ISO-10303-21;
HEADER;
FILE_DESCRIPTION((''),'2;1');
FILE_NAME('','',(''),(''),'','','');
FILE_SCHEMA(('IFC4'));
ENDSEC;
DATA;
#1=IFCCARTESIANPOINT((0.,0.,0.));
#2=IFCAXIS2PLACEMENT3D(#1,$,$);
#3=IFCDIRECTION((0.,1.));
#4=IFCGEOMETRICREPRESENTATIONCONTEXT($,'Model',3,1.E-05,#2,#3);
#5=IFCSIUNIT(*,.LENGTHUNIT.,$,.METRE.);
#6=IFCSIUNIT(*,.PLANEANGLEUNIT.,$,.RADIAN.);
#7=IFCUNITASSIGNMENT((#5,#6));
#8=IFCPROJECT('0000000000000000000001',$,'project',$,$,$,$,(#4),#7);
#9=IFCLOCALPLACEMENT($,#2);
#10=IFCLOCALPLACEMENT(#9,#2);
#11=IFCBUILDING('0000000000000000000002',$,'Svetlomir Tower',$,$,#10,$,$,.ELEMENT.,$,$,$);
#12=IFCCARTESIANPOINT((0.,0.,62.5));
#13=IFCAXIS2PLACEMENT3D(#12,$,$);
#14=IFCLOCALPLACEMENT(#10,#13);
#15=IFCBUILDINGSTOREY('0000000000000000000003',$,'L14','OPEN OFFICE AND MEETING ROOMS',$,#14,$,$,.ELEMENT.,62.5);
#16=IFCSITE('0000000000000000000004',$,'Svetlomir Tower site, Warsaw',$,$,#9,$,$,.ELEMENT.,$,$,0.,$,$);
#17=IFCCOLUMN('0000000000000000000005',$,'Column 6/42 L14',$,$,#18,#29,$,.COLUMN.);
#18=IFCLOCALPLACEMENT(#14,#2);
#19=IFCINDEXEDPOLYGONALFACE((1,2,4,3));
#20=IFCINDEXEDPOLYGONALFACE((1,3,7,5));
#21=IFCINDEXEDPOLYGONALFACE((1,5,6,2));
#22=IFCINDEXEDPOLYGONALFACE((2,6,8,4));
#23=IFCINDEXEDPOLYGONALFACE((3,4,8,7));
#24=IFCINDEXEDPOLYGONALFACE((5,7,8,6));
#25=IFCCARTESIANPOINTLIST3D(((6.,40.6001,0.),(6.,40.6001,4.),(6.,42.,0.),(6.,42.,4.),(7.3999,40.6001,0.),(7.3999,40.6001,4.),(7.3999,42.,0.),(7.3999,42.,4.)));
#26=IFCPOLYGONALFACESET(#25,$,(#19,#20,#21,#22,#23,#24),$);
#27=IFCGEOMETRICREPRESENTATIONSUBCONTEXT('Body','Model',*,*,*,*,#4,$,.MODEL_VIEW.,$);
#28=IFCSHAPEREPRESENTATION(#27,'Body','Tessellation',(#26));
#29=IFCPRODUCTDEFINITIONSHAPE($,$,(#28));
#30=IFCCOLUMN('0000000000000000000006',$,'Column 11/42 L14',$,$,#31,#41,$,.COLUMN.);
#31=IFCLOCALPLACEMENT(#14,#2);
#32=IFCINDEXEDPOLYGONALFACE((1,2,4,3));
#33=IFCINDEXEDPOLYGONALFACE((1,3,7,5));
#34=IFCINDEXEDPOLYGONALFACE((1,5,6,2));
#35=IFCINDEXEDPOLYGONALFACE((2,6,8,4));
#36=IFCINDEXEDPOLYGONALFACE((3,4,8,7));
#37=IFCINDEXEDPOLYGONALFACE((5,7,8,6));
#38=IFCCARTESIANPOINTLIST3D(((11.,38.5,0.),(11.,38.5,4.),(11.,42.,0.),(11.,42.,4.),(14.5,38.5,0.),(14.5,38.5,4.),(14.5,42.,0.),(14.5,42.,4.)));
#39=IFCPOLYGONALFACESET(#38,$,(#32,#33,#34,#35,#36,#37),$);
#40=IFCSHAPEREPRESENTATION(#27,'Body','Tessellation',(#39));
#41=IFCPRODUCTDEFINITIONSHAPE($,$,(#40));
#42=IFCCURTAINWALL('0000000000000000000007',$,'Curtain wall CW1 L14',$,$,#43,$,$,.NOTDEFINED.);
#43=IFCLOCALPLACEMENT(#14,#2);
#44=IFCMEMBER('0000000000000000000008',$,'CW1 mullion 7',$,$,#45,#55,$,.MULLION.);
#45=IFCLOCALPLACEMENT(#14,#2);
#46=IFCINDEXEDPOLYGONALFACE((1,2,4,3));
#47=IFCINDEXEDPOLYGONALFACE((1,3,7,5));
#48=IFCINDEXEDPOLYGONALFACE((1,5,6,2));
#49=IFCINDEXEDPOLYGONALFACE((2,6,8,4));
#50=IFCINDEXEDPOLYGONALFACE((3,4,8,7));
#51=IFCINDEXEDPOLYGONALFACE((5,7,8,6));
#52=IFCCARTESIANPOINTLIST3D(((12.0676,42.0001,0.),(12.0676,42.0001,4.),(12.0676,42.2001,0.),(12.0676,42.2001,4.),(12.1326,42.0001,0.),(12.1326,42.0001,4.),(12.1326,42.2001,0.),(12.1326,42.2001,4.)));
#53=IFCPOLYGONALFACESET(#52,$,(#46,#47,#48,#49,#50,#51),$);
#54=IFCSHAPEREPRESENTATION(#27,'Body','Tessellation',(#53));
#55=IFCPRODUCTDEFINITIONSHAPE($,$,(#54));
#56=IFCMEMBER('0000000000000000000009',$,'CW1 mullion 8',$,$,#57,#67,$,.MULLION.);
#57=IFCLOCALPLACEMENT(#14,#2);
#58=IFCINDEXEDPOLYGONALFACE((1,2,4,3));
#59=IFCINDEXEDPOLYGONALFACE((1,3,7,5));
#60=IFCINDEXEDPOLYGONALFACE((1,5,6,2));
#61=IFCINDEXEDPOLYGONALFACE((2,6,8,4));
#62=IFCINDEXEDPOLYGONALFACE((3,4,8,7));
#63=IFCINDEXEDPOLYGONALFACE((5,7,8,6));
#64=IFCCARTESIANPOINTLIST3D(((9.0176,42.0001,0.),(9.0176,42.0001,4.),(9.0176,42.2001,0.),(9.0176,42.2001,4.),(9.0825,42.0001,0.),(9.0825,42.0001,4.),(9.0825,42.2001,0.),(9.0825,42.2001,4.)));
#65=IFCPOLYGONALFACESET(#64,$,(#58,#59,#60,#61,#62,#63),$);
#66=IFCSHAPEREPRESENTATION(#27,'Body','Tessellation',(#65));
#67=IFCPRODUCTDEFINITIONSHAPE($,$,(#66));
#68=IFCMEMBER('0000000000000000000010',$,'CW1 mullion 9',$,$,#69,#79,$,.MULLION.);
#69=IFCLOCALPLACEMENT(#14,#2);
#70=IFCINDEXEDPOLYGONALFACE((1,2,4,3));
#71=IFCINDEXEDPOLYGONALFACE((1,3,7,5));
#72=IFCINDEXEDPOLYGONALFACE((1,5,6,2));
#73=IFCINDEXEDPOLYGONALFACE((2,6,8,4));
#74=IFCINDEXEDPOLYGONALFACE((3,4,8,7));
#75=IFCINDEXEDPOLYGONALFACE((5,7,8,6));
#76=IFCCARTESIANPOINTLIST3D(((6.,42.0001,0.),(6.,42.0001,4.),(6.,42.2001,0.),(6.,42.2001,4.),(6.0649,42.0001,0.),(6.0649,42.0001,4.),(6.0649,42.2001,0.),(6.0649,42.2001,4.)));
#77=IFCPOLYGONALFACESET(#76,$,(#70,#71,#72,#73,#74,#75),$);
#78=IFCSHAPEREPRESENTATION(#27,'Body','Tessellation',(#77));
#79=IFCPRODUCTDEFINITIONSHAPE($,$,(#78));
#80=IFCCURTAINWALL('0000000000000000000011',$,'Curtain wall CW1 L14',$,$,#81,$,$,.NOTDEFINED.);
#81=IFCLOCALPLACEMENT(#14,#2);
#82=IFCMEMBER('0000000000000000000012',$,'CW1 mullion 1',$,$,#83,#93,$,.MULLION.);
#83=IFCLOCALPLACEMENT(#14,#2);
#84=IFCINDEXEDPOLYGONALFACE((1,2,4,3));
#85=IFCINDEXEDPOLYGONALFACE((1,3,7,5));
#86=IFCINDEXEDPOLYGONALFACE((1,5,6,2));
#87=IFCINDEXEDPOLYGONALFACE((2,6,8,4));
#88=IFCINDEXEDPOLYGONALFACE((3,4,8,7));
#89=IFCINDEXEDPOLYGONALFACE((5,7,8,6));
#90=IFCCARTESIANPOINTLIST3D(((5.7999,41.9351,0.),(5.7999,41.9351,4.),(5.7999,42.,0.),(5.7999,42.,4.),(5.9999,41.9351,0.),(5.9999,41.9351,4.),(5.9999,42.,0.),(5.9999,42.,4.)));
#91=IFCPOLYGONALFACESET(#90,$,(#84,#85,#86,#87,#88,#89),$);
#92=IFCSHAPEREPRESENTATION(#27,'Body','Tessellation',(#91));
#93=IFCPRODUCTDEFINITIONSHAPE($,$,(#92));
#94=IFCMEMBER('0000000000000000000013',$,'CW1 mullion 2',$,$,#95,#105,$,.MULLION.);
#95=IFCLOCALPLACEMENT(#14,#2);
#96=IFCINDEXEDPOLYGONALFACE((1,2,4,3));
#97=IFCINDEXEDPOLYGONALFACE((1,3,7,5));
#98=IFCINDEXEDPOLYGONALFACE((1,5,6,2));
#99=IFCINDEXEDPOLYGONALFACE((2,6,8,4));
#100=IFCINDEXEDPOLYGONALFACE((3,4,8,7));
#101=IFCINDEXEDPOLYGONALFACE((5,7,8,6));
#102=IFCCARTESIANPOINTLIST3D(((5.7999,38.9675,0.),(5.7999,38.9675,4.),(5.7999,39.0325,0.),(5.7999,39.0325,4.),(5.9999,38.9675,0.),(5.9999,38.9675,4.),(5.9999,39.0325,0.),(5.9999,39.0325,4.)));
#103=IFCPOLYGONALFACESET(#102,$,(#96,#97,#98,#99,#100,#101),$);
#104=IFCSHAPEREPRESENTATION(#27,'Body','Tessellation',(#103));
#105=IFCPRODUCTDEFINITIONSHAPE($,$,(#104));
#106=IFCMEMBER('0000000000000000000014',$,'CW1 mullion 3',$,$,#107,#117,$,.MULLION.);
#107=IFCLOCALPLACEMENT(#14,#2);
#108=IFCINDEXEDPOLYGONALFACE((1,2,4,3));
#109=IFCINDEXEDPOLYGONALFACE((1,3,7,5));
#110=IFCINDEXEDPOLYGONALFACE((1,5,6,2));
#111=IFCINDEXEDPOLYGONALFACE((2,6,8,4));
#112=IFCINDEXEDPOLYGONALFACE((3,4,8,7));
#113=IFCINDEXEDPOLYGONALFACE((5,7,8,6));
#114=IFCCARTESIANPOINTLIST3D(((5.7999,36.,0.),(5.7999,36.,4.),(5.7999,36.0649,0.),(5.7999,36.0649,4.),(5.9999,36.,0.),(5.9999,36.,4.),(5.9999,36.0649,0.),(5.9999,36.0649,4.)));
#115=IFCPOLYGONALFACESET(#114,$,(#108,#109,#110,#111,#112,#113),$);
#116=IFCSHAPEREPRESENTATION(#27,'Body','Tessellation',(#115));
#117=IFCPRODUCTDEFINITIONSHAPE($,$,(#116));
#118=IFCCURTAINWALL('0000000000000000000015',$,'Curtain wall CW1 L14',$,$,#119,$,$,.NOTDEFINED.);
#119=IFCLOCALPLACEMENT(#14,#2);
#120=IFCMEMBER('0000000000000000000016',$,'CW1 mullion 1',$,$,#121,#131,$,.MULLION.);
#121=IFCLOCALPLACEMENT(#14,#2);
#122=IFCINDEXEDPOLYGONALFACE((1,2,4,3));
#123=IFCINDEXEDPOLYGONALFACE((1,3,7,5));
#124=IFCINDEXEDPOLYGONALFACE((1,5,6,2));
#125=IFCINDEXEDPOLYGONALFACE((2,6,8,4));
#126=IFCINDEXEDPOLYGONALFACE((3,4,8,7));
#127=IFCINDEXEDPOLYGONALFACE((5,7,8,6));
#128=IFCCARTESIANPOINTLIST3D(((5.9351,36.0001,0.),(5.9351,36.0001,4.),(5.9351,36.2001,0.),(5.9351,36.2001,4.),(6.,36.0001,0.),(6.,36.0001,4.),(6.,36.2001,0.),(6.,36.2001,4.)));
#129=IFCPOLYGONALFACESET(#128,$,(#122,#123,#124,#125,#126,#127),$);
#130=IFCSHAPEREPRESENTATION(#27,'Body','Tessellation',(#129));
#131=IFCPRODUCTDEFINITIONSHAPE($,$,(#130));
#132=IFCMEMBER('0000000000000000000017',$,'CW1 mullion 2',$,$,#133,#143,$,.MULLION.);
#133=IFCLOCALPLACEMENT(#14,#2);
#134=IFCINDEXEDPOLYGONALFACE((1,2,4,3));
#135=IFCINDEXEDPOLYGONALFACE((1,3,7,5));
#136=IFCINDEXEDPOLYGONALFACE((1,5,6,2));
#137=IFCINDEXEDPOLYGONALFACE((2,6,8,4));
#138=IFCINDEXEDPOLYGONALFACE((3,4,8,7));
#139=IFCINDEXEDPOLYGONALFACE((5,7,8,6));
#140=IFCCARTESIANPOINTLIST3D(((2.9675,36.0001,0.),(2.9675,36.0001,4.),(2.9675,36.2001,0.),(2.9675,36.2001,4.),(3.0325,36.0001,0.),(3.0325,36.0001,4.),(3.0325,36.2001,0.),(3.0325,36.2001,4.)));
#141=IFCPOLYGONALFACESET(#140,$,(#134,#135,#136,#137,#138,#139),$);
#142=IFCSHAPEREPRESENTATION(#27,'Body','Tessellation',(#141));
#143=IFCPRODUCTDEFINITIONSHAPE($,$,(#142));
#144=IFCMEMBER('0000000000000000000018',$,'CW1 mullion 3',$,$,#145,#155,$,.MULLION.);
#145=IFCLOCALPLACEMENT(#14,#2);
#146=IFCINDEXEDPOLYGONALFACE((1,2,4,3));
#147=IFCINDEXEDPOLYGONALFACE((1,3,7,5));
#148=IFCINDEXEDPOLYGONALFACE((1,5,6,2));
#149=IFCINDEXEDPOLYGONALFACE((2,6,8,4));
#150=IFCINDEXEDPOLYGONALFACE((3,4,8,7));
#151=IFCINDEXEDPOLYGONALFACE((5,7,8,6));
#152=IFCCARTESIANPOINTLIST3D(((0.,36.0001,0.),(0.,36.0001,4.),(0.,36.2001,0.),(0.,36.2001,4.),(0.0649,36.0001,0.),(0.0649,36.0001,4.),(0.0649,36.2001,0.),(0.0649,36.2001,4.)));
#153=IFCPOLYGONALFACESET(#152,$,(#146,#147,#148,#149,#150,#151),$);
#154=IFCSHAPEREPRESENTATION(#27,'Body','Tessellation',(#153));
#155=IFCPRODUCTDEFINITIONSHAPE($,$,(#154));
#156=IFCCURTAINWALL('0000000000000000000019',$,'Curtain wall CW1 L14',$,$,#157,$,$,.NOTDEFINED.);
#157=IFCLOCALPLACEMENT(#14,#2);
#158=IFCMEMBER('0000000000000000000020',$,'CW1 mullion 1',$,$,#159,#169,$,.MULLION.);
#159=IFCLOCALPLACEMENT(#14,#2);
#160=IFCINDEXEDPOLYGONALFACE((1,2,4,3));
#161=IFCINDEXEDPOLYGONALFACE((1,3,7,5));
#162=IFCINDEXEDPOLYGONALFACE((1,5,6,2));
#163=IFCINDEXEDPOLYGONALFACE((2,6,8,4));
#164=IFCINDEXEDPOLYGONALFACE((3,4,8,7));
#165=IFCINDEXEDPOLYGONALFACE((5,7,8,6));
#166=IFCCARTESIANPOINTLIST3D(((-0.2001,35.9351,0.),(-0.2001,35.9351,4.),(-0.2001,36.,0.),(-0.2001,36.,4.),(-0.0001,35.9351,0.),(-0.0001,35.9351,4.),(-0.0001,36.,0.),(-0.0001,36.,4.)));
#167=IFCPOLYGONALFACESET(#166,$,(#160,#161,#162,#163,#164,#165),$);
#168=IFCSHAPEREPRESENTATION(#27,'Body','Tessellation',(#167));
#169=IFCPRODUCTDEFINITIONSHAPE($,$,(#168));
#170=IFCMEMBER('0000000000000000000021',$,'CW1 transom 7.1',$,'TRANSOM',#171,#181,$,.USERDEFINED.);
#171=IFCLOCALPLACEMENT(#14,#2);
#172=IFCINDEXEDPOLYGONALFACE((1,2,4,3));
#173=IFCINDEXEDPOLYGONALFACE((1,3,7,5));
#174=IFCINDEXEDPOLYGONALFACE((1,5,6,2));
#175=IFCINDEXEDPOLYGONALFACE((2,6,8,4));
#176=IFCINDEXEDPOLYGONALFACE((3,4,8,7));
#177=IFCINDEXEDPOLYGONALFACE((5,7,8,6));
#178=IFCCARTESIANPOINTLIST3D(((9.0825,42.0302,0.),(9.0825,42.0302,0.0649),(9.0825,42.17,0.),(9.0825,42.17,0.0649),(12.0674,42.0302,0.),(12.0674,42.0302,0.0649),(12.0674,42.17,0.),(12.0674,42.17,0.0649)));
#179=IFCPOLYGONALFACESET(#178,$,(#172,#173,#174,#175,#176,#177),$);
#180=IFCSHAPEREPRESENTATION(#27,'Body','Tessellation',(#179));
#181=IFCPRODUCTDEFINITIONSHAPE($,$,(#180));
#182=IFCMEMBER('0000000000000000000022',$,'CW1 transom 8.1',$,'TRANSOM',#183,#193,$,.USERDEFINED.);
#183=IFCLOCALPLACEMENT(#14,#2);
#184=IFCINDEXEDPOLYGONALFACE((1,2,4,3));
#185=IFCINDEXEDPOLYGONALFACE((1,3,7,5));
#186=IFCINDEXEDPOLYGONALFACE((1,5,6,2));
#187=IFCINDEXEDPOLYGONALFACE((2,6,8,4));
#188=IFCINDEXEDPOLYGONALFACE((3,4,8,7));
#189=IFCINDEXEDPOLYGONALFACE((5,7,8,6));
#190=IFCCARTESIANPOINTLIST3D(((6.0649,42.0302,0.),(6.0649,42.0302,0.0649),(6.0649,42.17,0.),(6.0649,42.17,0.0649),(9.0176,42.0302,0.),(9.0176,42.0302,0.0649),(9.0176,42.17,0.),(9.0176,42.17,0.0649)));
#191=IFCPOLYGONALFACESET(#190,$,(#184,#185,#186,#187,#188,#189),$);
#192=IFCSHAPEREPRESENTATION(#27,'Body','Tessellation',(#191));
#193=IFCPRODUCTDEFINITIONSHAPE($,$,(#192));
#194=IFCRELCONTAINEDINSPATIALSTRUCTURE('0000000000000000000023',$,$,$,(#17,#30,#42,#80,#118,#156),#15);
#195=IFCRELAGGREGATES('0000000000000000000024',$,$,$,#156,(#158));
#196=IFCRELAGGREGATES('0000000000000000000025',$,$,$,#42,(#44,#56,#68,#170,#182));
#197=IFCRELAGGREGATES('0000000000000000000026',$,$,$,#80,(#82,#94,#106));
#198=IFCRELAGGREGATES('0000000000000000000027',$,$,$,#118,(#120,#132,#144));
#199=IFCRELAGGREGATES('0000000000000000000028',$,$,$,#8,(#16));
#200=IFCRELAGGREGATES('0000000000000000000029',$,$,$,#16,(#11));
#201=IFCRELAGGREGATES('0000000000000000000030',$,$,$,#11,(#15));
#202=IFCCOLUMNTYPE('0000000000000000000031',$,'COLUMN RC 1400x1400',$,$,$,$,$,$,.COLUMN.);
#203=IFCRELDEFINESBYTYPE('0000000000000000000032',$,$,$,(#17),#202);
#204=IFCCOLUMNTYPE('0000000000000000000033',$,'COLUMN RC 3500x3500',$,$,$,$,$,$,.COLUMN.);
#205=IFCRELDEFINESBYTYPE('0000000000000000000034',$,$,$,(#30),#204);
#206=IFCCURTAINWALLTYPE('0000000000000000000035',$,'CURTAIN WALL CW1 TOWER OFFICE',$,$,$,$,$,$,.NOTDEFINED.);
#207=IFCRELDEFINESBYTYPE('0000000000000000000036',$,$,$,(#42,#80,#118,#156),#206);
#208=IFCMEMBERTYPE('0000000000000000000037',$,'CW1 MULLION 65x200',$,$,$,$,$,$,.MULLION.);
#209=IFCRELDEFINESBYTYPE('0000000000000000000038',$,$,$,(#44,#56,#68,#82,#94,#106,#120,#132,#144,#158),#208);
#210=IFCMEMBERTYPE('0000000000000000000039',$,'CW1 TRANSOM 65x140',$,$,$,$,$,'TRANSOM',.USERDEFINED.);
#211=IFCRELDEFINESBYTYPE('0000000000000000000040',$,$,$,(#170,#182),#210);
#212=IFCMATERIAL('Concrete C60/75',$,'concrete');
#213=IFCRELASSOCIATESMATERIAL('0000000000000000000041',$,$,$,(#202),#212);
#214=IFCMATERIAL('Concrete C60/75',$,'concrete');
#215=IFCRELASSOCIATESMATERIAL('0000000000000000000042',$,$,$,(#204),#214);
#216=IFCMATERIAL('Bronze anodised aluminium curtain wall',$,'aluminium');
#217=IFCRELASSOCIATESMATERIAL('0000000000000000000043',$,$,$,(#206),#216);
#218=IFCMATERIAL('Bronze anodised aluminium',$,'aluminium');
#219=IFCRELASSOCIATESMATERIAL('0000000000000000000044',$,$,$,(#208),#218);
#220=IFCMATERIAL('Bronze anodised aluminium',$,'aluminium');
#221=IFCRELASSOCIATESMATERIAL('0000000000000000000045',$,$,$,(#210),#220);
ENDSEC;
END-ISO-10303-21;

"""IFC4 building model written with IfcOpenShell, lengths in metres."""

from ifc_helpers import new_model, si_unit, direction, frame, origin, origin_2d, place, context, subcontext, project, spatial, rectangle, extrude, material, material_profile, profile_set, type_object, element, aggregate, save


model = new_model("IFC4")

# Units and contexts
model_context = context("Model", 3, precision=1e-05, world=origin(), true_north=direction((0.0, 1.0)))
body_context = subcontext(model_context, "Body", "Model", "MODEL_VIEW")
ifc_project = project(units=[si_unit("LENGTHUNIT", "METRE"), si_unit("PLANEANGLEUNIT", "RADIAN")], contexts=[model_context])

# Site, building, storey
site_placement = place(None, origin())
site = spatial("IfcSite", under=ifc_project, at=site_placement, Name="Svetlomir Tower site, Warsaw", CompositionType="ELEMENT", RefElevation=0.0)
building_placement = place(site_placement, origin())
building = spatial("IfcBuilding", under=site, at=building_placement, Name="Svetlomir Tower", CompositionType="ELEMENT")
storey_placement = place(building_placement, frame((0.0, 0.0, 62.5)))
storey = spatial("IfcBuildingStorey", under=building, at=storey_placement, Name="L14", Description="OPEN OFFICE AND MEETING ROOMS", CompositionType="ELEMENT", Elevation=62.5)

# Columns
ifc_material_1 = material(Name="Concrete C60/75", Category="concrete")
ifc_material_profile_1 = material_profile(ifc_material_1, rectangle(XDim=1.3999, YDim=1.3999, at=origin_2d()), Name="RC 1400x1400")
ifc_profile_set_1 = profile_set([ifc_material_profile_1], Name="Concrete C60/75")
column_type_1 = type_object("IfcColumnType", Name="COLUMN RC 1400x1400", PredefinedType="COLUMN", material=ifc_profile_set_1)
column_1_placement = place(storey_placement, frame((6.7, 41.3, 0.0), z_axis=(0.0, 0.0, 1.0), x_axis=(1.0, 0.0, 0.0)))
element("IfcColumn", 1, at=column_1_placement, inside=storey, type_object=column_type_1, Name="Column 6/42 L14", PredefinedType="COLUMN", context=body_context, shape_type="SweptSolid", body=[
    extrude(rectangle(XDim=1.3999, YDim=1.3999, at=origin_2d()), origin(), (0.0, 0.0, 1.0), 4.0),
])
ifc_material_2 = material(Name="Concrete C60/75", Category="concrete")
ifc_material_profile_2 = material_profile(ifc_material_2, rectangle(XDim=3.5, YDim=3.5, at=origin_2d()), Name="RC 3500x3500")
ifc_profile_set_2 = profile_set([ifc_material_profile_2], Name="Concrete C60/75")
column_type_2 = type_object("IfcColumnType", Name="COLUMN RC 3500x3500", PredefinedType="COLUMN", material=ifc_profile_set_2)
column_2_placement = place(storey_placement, frame((12.75, 40.25, 0.0), z_axis=(0.0, 0.0, 1.0), x_axis=(1.0, 0.0, 0.0)))
element("IfcColumn", 2, at=column_2_placement, inside=storey, type_object=column_type_2, Name="Column 11/42 L14", PredefinedType="COLUMN", context=body_context, shape_type="SweptSolid", body=[
    extrude(rectangle(XDim=3.5, YDim=3.5, at=origin_2d()), origin(), (0.0, 0.0, 1.0), 4.0),
])

# Curtain walls, members
ifc_material_3 = material(Name="Bronze anodised aluminium curtain wall", Category="aluminium")
curtain_wall_type = type_object("IfcCurtainWallType", Name="CURTAIN WALL CW1 TOWER OFFICE", PredefinedType="NOTDEFINED", material=ifc_material_3)
curtain_wall_1_placement = place(storey_placement, origin())
curtain_wall_1 = element("IfcCurtainWall", 3, at=curtain_wall_1_placement, inside=storey, type_object=curtain_wall_type, Name="Curtain wall CW1 L14", PredefinedType="NOTDEFINED")
ifc_material_4 = material(Name="Bronze anodised aluminium", Category="aluminium")
ifc_material_profile_3 = material_profile(ifc_material_4, rectangle(XDim=0.0649, YDim=0.2, at=origin_2d()), Name="AL 65x200")
ifc_profile_set_3 = profile_set([ifc_material_profile_3], Name="Bronze anodised aluminium 6063-T6")
member_type_1 = type_object("IfcMemberType", Name="CW1 MULLION 65x200", PredefinedType="MULLION", material=ifc_profile_set_3)
member_1_placement = place(storey_placement, frame((12.1001, 42.1001, 0.0), z_axis=(0.0, 0.0, 1.0), x_axis=(-1.0, 0.0, 0.0)))
member_1 = element("IfcMember", 4, at=member_1_placement, type_object=member_type_1, Name="CW1 mullion 7", PredefinedType="MULLION", context=body_context, shape_type="SweptSolid", body=[
    extrude(rectangle(XDim=0.0649, YDim=0.2, at=origin_2d()), origin(), (0.0, 0.0, 1.0), 4.0),
])
member_2_placement = place(storey_placement, frame((9.05, 42.1001, 0.0), z_axis=(0.0, 0.0, 1.0), x_axis=(-1.0, 0.0, 0.0)))
member_2 = element("IfcMember", 5, at=member_2_placement, type_object=member_type_1, Name="CW1 mullion 8", PredefinedType="MULLION", context=body_context, shape_type="SweptSolid", body=[
    extrude(rectangle(XDim=0.0649, YDim=0.2, at=origin_2d()), origin(), (0.0, 0.0, 1.0), 4.0),
])
member_3_placement = place(storey_placement, frame((6.0325, 42.1001, 0.0), z_axis=(0.0, 0.0, 1.0), x_axis=(-1.0, 0.0, 0.0)))
member_3 = element("IfcMember", 6, at=member_3_placement, type_object=member_type_1, Name="CW1 mullion 9", PredefinedType="MULLION", context=body_context, shape_type="SweptSolid", body=[
    extrude(rectangle(XDim=0.0649, YDim=0.2, at=origin_2d()), origin(), (0.0, 0.0, 1.0), 4.0),
])
curtain_wall_2_placement = place(storey_placement, origin())
curtain_wall_2 = element("IfcCurtainWall", 7, at=curtain_wall_2_placement, inside=storey, type_object=curtain_wall_type, Name="Curtain wall CW1 L14", PredefinedType="NOTDEFINED")
member_4_placement = place(storey_placement, frame((5.8999, 41.9675, 0.0), z_axis=(0.0, 0.0, 1.0), x_axis=(0.0, -1.0, 0.0)))
member_4 = element("IfcMember", 8, at=member_4_placement, type_object=member_type_1, Name="CW1 mullion 1", PredefinedType="MULLION", context=body_context, shape_type="SweptSolid", body=[
    extrude(rectangle(XDim=0.0649, YDim=0.2, at=origin_2d()), origin(), (0.0, 0.0, 1.0), 4.0),
])
member_5_placement = place(storey_placement, frame((5.8999, 39.0, 0.0), z_axis=(0.0, 0.0, 1.0), x_axis=(0.0, -1.0, 0.0)))
member_5 = element("IfcMember", 9, at=member_5_placement, type_object=member_type_1, Name="CW1 mullion 2", PredefinedType="MULLION", context=body_context, shape_type="SweptSolid", body=[
    extrude(rectangle(XDim=0.0649, YDim=0.2, at=origin_2d()), origin(), (0.0, 0.0, 1.0), 4.0),
])
member_6_placement = place(storey_placement, frame((5.8999, 36.0325, 0.0), z_axis=(0.0, 0.0, 1.0), x_axis=(0.0, -1.0, 0.0)))
member_6 = element("IfcMember", 10, at=member_6_placement, type_object=member_type_1, Name="CW1 mullion 3", PredefinedType="MULLION", context=body_context, shape_type="SweptSolid", body=[
    extrude(rectangle(XDim=0.0649, YDim=0.2, at=origin_2d()), origin(), (0.0, 0.0, 1.0), 4.0),
])
curtain_wall_3_placement = place(storey_placement, origin())
curtain_wall_3 = element("IfcCurtainWall", 11, at=curtain_wall_3_placement, inside=storey, type_object=curtain_wall_type, Name="Curtain wall CW1 L14", PredefinedType="NOTDEFINED")
member_7_placement = place(storey_placement, frame((5.9675, 36.1001, 0.0), z_axis=(0.0, 0.0, 1.0), x_axis=(-1.0, 0.0, 0.0)))
member_7 = element("IfcMember", 12, at=member_7_placement, type_object=member_type_1, Name="CW1 mullion 1", PredefinedType="MULLION", context=body_context, shape_type="SweptSolid", body=[
    extrude(rectangle(XDim=0.0649, YDim=0.2, at=origin_2d()), origin(), (0.0, 0.0, 1.0), 4.0),
])
member_8_placement = place(storey_placement, frame((3.0, 36.1001, 0.0), z_axis=(0.0, 0.0, 1.0), x_axis=(-1.0, 0.0, 0.0)))
member_8 = element("IfcMember", 13, at=member_8_placement, type_object=member_type_1, Name="CW1 mullion 2", PredefinedType="MULLION", context=body_context, shape_type="SweptSolid", body=[
    extrude(rectangle(XDim=0.0649, YDim=0.2, at=origin_2d()), origin(), (0.0, 0.0, 1.0), 4.0),
])
member_9_placement = place(storey_placement, frame((0.0325, 36.1001, 0.0), z_axis=(0.0, 0.0, 1.0), x_axis=(-1.0, 0.0, 0.0)))
member_9 = element("IfcMember", 14, at=member_9_placement, type_object=member_type_1, Name="CW1 mullion 3", PredefinedType="MULLION", context=body_context, shape_type="SweptSolid", body=[
    extrude(rectangle(XDim=0.0649, YDim=0.2, at=origin_2d()), origin(), (0.0, 0.0, 1.0), 4.0),
])

# Curtain wall, member
curtain_wall_4_placement = place(storey_placement, origin())
curtain_wall_4 = element("IfcCurtainWall", 15, at=curtain_wall_4_placement, inside=storey, type_object=curtain_wall_type, Name="Curtain wall CW1 L14", PredefinedType="NOTDEFINED")
member_10_placement = place(storey_placement, frame((-0.1001, 35.9675, 0.0), z_axis=(0.0, 0.0, 1.0), x_axis=(0.0, -1.0, 0.0)))
member_10 = element("IfcMember", 16, at=member_10_placement, type_object=member_type_1, Name="CW1 mullion 1", PredefinedType="MULLION", context=body_context, shape_type="SweptSolid", body=[
    extrude(rectangle(XDim=0.0649, YDim=0.2, at=origin_2d()), origin(), (0.0, 0.0, 1.0), 4.0),
])

# Members
ifc_material_5 = material(Name="Bronze anodised aluminium", Category="aluminium")
ifc_material_profile_4 = material_profile(ifc_material_5, rectangle(XDim=0.1399, YDim=0.0649, at=origin_2d()), Name="AL 140x65")
ifc_profile_set_4 = profile_set([ifc_material_profile_4], Name="Bronze anodised aluminium 6063-T6")
member_type_2 = type_object("IfcMemberType", Name="CW1 TRANSOM 65x140", ElementType="TRANSOM", PredefinedType="USERDEFINED", material=ifc_profile_set_4)
member_11_placement = place(storey_placement, frame((12.0674, 42.1001, 0.0325), z_axis=(-1.0, 0.0, 0.0), x_axis=(0.0, -1.0, 0.0)))
member_11 = element("IfcMember", 17, at=member_11_placement, type_object=member_type_2, Name="CW1 transom 7.1", ObjectType="TRANSOM", PredefinedType="USERDEFINED", context=body_context, shape_type="SweptSolid", body=[
    extrude(rectangle(XDim=0.1399, YDim=0.0649, at=origin_2d()), origin(), (0.0, 0.0, 1.0), 2.9849),
])
member_12_placement = place(storey_placement, frame((9.0176, 42.1001, 0.0325), z_axis=(-1.0, 0.0, 0.0), x_axis=(0.0, -1.0, 0.0)))
member_12 = element("IfcMember", 18, at=member_12_placement, type_object=member_type_2, Name="CW1 transom 8.1", ObjectType="TRANSOM", PredefinedType="USERDEFINED", context=body_context, shape_type="SweptSolid", body=[
    extrude(rectangle(XDim=0.1399, YDim=0.0649, at=origin_2d()), origin(), (0.0, 0.0, 1.0), 2.9526),
])
aggregate(curtain_wall_4, [member_10])

aggregate(curtain_wall_1, [member_1, member_2, member_3, member_11, member_12])
aggregate(curtain_wall_2, [member_4, member_5, member_6])
aggregate(curtain_wall_3, [member_7, member_8, member_9])

save(model, "model.ifc")
